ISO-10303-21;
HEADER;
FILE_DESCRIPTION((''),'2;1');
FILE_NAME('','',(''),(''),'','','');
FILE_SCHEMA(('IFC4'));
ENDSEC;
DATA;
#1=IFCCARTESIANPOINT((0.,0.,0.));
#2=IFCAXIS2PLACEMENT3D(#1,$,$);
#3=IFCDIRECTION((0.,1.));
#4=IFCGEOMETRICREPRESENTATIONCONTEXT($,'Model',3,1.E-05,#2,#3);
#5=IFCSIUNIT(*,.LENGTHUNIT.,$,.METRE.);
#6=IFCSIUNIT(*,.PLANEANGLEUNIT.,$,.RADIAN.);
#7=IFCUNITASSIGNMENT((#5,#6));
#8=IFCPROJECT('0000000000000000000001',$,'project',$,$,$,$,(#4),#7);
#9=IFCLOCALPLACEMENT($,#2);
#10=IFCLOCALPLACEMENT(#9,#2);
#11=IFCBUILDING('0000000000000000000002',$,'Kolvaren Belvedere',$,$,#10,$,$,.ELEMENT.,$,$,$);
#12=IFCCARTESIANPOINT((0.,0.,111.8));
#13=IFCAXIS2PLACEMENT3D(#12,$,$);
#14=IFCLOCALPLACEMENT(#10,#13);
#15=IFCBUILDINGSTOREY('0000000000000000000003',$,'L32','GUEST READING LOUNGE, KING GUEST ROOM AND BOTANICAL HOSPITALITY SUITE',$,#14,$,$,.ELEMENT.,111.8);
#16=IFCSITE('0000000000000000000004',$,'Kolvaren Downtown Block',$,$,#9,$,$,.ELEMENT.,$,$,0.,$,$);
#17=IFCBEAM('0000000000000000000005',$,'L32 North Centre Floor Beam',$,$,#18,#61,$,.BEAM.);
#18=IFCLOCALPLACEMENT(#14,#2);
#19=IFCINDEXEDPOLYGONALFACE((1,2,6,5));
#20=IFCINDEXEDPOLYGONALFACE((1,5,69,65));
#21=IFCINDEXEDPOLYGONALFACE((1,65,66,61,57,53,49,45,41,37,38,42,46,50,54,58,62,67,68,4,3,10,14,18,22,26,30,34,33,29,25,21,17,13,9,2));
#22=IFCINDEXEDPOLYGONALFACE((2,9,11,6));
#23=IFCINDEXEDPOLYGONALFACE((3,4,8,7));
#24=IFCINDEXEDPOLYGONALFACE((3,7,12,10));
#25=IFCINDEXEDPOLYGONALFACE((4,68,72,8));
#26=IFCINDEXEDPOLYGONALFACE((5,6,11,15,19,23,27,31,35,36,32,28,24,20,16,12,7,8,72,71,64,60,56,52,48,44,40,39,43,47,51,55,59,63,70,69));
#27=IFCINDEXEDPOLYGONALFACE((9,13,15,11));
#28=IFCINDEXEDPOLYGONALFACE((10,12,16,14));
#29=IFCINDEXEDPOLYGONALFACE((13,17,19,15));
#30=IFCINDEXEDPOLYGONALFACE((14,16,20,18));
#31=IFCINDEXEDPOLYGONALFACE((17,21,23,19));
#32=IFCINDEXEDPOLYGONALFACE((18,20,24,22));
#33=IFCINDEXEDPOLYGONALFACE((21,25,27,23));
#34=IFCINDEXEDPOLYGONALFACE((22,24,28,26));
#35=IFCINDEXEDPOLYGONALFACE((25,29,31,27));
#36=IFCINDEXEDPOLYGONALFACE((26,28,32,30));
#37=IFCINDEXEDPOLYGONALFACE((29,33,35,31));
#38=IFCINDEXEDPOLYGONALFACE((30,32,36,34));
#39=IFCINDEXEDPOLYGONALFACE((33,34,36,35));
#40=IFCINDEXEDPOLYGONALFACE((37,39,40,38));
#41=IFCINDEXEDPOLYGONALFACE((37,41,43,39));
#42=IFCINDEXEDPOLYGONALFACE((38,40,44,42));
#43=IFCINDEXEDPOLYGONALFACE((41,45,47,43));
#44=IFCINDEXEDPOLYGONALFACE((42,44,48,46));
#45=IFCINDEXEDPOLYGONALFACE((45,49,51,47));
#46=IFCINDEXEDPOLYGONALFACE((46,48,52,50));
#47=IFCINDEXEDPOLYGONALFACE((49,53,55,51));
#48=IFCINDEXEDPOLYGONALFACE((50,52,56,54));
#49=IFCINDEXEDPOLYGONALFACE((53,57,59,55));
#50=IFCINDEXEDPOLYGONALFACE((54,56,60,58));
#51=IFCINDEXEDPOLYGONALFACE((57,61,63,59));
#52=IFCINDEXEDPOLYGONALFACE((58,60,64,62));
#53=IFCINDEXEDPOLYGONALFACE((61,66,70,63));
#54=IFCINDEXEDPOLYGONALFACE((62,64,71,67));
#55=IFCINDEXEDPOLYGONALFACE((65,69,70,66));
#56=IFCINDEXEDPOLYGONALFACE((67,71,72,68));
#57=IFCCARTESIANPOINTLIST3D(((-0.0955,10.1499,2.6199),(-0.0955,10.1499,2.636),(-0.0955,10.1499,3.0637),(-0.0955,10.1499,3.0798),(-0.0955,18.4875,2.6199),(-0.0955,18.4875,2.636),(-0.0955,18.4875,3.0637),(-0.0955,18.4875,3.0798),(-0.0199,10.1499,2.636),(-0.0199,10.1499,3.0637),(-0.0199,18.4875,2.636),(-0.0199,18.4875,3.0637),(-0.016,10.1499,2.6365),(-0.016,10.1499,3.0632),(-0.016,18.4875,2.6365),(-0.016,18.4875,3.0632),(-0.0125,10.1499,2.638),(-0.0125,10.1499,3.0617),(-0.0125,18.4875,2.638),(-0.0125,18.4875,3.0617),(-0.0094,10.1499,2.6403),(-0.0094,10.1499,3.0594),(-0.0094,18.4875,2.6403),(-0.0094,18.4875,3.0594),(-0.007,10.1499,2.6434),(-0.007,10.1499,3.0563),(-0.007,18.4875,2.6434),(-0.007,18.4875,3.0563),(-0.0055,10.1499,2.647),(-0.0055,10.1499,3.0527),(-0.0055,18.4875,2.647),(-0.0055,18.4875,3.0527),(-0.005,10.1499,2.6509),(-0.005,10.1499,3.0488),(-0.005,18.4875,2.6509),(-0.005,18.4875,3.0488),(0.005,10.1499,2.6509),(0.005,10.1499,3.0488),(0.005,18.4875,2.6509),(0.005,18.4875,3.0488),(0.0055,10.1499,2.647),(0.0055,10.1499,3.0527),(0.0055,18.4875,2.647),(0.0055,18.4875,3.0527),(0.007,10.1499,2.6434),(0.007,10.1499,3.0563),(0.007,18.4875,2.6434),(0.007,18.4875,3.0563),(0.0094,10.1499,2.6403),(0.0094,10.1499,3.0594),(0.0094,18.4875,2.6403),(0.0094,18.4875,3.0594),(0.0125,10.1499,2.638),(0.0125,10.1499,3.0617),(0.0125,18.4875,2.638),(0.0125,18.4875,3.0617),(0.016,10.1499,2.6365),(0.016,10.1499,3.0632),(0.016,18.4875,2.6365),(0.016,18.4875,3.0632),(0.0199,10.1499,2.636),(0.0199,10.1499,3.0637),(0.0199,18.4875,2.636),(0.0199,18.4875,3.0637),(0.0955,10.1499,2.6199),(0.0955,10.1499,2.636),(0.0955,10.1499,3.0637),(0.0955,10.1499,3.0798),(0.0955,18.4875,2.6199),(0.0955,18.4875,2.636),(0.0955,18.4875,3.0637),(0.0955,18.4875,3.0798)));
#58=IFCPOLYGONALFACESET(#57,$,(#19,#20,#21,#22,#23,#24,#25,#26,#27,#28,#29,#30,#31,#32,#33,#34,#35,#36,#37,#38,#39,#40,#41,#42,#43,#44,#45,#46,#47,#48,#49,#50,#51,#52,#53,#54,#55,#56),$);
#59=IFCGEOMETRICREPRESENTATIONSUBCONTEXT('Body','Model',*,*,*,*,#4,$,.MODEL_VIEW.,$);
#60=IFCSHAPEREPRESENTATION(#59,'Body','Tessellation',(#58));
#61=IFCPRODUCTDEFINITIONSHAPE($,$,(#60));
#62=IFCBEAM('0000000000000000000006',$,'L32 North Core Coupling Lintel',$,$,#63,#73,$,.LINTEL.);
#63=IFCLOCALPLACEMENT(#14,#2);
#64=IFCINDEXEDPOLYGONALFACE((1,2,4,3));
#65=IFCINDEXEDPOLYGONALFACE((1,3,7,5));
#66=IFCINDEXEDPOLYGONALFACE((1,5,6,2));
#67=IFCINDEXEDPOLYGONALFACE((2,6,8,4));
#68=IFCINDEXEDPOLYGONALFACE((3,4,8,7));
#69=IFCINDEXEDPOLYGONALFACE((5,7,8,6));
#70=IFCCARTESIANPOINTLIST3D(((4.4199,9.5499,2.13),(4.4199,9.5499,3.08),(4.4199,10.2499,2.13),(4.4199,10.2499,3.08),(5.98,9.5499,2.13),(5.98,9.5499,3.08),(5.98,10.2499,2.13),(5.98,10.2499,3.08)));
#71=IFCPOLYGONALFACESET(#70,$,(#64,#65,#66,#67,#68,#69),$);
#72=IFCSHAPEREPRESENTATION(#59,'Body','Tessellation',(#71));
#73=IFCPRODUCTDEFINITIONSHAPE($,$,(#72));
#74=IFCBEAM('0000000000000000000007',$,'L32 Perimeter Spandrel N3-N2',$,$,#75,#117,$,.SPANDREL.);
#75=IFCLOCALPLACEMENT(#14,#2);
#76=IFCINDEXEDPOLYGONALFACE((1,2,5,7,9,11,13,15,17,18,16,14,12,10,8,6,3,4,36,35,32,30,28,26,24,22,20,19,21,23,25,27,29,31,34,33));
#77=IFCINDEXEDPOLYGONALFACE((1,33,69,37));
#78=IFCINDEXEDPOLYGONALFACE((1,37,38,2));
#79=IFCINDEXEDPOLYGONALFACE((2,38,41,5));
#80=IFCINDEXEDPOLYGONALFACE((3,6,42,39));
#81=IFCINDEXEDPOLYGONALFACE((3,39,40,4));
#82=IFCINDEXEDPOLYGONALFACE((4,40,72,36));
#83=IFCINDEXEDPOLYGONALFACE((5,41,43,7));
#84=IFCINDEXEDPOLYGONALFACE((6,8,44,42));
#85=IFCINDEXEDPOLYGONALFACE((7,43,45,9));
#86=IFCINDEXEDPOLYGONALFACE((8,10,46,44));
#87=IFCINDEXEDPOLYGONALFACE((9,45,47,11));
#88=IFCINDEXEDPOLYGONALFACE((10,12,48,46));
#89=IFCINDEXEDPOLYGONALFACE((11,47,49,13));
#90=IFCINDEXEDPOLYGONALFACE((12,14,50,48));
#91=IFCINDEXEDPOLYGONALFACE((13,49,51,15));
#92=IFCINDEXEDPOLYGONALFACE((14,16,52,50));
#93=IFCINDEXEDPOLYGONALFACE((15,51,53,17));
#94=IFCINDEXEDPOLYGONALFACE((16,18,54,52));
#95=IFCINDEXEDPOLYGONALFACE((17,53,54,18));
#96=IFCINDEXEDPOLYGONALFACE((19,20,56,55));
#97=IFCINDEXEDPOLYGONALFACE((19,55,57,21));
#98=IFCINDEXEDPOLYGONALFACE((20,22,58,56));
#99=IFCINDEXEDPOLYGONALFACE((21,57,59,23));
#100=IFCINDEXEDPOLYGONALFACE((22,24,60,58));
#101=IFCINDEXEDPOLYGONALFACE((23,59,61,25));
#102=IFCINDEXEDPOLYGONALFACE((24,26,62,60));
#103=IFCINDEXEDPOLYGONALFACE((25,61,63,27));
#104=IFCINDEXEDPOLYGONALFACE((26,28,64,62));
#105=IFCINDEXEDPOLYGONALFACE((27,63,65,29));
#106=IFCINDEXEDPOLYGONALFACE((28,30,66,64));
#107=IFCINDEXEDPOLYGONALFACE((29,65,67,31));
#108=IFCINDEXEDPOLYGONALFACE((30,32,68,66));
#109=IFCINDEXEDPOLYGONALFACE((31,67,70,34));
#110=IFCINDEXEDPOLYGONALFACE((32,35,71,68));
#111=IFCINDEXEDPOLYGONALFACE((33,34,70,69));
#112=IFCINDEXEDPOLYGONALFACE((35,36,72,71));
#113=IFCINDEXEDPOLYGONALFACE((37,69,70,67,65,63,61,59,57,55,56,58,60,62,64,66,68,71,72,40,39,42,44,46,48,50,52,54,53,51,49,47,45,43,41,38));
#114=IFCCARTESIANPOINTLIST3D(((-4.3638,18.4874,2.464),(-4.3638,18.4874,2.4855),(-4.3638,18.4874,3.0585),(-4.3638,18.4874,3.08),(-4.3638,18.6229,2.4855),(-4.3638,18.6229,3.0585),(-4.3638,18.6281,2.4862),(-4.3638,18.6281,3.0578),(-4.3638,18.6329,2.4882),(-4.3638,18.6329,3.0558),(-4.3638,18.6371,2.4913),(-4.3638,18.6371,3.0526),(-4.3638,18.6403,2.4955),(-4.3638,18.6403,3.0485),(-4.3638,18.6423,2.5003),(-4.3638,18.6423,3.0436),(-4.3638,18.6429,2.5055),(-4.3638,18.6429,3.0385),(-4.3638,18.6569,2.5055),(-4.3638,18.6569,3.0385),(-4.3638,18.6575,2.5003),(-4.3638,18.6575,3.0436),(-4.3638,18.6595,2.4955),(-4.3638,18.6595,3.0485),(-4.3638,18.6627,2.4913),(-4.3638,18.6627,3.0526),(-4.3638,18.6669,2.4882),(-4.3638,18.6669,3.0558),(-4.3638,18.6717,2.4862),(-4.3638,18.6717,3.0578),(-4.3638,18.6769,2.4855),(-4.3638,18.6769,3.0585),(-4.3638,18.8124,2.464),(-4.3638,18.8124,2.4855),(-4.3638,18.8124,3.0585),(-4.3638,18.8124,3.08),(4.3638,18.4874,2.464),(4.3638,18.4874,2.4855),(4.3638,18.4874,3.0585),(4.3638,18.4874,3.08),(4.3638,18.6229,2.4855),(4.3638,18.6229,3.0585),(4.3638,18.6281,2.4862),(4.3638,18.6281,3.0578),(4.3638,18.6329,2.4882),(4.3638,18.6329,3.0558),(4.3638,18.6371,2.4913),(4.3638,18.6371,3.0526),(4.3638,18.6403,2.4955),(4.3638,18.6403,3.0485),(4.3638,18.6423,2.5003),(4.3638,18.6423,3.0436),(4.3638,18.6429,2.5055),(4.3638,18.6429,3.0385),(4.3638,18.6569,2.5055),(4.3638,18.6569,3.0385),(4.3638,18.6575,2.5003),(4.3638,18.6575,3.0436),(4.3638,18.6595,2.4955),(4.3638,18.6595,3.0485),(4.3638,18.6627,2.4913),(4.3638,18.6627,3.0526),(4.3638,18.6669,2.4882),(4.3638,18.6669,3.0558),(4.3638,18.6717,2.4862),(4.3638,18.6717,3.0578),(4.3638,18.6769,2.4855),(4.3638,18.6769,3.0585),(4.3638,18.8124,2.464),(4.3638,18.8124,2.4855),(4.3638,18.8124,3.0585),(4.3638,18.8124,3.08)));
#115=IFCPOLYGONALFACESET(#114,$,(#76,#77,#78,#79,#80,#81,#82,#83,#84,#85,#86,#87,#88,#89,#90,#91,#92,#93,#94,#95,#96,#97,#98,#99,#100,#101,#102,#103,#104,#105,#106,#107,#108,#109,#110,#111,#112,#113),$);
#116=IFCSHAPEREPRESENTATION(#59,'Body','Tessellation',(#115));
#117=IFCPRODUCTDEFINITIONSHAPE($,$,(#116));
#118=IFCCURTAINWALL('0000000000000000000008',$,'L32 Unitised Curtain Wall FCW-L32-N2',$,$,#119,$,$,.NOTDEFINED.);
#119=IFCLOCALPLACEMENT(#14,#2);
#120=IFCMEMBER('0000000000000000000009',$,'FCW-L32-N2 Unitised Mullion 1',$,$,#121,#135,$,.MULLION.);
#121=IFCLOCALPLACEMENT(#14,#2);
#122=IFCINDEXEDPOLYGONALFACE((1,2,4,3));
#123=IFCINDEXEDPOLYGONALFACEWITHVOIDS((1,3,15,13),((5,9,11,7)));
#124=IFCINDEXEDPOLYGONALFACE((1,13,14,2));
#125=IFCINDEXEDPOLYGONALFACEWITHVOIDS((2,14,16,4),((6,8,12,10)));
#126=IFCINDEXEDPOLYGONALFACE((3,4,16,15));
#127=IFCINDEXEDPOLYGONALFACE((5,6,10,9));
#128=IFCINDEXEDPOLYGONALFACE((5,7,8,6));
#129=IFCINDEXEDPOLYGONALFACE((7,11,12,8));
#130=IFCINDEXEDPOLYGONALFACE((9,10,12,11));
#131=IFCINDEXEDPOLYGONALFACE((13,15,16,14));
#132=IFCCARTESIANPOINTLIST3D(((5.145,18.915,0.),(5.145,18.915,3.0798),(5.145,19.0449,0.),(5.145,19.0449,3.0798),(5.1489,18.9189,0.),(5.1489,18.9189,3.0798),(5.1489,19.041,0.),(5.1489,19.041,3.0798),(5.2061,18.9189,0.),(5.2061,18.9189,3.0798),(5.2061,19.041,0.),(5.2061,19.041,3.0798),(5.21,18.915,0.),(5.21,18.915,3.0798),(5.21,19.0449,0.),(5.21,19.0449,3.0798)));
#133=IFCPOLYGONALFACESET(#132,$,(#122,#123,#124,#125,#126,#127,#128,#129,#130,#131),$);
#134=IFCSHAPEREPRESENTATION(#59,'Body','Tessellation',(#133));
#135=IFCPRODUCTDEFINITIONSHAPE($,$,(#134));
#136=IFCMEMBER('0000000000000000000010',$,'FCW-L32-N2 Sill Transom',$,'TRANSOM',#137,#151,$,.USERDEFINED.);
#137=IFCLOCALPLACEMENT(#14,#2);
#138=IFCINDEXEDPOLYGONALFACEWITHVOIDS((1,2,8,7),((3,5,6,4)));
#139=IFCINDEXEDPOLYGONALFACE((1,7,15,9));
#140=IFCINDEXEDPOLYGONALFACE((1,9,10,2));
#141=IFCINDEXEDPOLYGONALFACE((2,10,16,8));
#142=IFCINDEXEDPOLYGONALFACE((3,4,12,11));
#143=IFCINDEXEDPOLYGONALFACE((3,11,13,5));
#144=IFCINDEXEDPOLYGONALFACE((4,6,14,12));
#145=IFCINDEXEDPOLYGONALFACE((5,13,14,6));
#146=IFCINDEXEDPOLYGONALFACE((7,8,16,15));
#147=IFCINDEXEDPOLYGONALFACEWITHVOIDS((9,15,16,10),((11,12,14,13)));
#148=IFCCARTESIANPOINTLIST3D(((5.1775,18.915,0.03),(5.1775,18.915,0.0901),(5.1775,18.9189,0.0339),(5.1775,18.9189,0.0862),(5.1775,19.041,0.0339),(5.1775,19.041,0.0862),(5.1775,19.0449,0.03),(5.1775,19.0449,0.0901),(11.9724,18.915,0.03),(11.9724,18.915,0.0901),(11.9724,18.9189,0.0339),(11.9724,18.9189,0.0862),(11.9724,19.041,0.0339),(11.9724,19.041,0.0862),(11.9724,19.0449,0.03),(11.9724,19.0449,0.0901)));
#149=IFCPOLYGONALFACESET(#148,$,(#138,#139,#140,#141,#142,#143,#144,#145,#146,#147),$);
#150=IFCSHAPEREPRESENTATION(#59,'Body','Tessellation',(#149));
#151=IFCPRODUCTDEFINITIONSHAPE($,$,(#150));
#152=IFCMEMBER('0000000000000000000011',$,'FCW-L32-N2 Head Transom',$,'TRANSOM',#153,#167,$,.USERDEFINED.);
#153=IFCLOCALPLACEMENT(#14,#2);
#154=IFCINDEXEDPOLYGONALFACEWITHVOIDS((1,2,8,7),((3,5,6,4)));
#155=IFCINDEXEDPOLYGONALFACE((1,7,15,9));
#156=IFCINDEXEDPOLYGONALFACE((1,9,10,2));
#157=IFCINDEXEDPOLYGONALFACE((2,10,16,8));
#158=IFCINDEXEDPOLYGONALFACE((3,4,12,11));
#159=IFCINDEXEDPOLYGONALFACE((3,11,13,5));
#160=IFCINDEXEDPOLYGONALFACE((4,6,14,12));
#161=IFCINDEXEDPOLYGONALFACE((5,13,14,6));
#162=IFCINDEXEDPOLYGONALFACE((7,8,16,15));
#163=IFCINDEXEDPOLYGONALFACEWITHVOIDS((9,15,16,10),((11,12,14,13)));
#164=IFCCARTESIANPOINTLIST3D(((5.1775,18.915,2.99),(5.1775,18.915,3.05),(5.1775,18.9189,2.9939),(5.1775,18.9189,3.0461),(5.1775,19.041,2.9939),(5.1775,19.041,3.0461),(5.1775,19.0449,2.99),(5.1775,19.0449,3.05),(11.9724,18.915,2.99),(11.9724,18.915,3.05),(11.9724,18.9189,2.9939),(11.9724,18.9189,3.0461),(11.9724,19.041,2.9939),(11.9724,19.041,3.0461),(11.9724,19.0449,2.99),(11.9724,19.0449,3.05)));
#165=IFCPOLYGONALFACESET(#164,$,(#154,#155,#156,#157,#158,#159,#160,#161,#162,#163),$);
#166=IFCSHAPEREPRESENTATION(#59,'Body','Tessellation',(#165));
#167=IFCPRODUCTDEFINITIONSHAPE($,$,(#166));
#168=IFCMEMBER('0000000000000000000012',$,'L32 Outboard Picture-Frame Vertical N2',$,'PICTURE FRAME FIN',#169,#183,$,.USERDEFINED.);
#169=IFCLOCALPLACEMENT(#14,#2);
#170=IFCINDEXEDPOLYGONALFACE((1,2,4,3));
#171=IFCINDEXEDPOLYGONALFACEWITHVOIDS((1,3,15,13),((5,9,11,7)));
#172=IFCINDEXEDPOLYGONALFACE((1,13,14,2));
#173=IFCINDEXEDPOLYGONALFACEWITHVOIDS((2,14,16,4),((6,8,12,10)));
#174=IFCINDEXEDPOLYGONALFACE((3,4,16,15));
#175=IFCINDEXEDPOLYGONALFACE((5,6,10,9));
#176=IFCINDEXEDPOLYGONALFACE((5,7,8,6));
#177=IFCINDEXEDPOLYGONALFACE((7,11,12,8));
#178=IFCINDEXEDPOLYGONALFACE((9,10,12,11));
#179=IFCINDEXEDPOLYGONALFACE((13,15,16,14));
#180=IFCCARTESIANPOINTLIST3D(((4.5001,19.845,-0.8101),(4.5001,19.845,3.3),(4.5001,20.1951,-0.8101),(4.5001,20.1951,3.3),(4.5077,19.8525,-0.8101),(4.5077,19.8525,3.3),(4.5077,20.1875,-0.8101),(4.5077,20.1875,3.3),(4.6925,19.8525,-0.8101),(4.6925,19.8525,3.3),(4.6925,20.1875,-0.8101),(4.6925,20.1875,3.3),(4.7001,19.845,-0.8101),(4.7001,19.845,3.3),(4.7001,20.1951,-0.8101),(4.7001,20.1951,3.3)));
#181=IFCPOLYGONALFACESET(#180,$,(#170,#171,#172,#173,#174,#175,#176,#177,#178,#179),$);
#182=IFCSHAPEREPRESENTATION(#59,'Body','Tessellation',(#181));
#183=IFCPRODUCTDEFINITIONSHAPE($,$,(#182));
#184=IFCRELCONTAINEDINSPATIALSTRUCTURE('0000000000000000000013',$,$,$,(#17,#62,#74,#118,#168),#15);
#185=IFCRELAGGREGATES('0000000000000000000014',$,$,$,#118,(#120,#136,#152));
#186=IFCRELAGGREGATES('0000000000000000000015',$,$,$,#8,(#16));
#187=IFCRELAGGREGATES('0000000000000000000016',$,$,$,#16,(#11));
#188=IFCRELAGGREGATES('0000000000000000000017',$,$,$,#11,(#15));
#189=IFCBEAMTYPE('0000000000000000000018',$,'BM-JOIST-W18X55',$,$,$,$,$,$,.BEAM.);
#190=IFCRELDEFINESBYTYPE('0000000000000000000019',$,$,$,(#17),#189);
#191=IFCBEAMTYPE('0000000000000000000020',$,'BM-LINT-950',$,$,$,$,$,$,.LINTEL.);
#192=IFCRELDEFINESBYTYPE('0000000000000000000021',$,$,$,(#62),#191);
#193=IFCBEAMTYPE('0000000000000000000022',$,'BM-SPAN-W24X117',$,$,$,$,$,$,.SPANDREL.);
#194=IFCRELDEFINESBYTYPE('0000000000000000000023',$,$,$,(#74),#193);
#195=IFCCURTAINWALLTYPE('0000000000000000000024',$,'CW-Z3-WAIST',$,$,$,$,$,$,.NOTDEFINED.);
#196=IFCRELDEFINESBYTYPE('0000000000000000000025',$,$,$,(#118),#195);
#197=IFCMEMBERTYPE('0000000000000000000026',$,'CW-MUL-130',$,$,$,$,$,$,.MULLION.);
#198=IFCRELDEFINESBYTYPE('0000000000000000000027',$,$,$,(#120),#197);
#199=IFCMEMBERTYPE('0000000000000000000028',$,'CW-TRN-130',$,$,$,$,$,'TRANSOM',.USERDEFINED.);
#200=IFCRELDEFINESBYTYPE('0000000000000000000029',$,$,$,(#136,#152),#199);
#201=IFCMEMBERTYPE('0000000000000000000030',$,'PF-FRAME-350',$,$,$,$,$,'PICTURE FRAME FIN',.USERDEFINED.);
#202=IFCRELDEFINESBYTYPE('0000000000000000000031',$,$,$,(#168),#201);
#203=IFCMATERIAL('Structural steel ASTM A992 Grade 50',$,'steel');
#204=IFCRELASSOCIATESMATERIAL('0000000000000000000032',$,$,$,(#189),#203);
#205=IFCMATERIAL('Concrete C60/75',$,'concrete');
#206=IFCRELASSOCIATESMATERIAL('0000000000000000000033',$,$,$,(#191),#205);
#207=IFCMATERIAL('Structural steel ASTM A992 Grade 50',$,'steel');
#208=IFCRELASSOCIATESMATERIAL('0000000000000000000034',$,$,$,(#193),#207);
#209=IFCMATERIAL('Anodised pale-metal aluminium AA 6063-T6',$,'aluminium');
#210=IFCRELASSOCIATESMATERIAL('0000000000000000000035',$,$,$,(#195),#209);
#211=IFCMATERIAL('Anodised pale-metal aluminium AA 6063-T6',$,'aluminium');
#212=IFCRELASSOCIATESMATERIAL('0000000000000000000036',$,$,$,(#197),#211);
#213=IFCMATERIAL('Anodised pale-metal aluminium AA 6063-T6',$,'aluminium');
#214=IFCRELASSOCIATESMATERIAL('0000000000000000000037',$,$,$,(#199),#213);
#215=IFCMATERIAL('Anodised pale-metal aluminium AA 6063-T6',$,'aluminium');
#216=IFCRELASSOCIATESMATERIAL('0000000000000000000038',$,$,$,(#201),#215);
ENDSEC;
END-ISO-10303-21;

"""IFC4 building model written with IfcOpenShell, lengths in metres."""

from ifc_helpers import new_model, si_unit, direction, frame, origin, origin_2d, place, context, subcontext, project, spatial, rectangle, hollow_rectangle, i_section, extrude, material, material_profile, profile_set, type_object, element, aggregate, save


model = new_model("IFC4")

# Units and contexts
model_context = context("Model", 3, precision=1e-05, world=origin(), true_north=direction((0.0, 1.0)))
body_context = subcontext(model_context, "Body", "Model", "MODEL_VIEW")
ifc_project = project(units=[si_unit("LENGTHUNIT", "METRE"), si_unit("PLANEANGLEUNIT", "RADIAN")], contexts=[model_context])

# Site, building, storey
site_placement = place(None, origin())
site = spatial("IfcSite", under=ifc_project, at=site_placement, Name="Kolvaren Downtown Block", CompositionType="ELEMENT", RefElevation=0.0)
building_placement = place(site_placement, origin())
building = spatial("IfcBuilding", under=site, at=building_placement, Name="Kolvaren Belvedere", CompositionType="ELEMENT")
storey_placement = place(building_placement, frame((0.0, 0.0, 111.8)))
storey = spatial("IfcBuildingStorey", under=building, at=storey_placement, Name="L32", Description="GUEST READING LOUNGE, KING GUEST ROOM AND BOTANICAL HOSPITALITY SUITE", CompositionType="ELEMENT", Elevation=111.8)

# Beams
ifc_material_1 = material(Name="Structural steel ASTM A992 Grade 50", Category="steel")
ifc_material_profile_1 = material_profile(ifc_material_1, i_section(OverallWidth=0.1909, OverallDepth=0.46, WebThickness=0.01, FlangeThickness=0.0161, FilletRadius=0.0149, at=origin_2d()), Name="W18X55")
ifc_profile_set_1 = profile_set([ifc_material_profile_1], Name="Structural steel ASTM A992 Grade 50")
beam_type_1 = type_object("IfcBeamType", Name="BM-JOIST-W18X55", PredefinedType="BEAM", material=ifc_profile_set_1)
beam_1_placement = place(storey_placement, frame((0.0, 10.1499, 2.8499), z_axis=(0.0, 1.0, 0.0), x_axis=(-1.0, 0.0, 0.0)))
element("IfcBeam", 1, at=beam_1_placement, inside=storey, type_object=beam_type_1, Name="L32 North Centre Floor Beam", PredefinedType="BEAM", context=body_context, shape_type="SweptSolid", body=[
    extrude(i_section(OverallWidth=0.1909, OverallDepth=0.46, WebThickness=0.01, FlangeThickness=0.0161, FilletRadius=0.0149, at=origin_2d()), origin(), (0.0, 0.0, 1.0), 8.3376),
])
ifc_material_2 = material(Name="Concrete C60/75", Category="concrete")
ifc_material_profile_2 = material_profile(ifc_material_2, rectangle(XDim=0.7, YDim=0.95, at=origin_2d()), Name="RC 700X950")
ifc_profile_set_2 = profile_set([ifc_material_profile_2], Name="Concrete C60/75")
beam_type_2 = type_object("IfcBeamType", Name="BM-LINT-950", PredefinedType="LINTEL", material=ifc_profile_set_2)
beam_2_placement = place(storey_placement, frame((4.4199, 9.8999, 2.605), z_axis=(1.0, 0.0, 0.0), x_axis=(0.0, 1.0, 0.0)))
element("IfcBeam", 2, at=beam_2_placement, inside=storey, type_object=beam_type_2, Name="L32 North Core Coupling Lintel", PredefinedType="LINTEL", context=body_context, shape_type="SweptSolid", body=[
    extrude(rectangle(XDim=0.7, YDim=0.95, at=origin_2d()), origin(), (0.0, 0.0, 1.0), 1.5601),
])
ifc_material_3 = material(Name="Structural steel ASTM A992 Grade 50", Category="steel")
ifc_material_profile_3 = material_profile(ifc_material_3, i_section(OverallWidth=0.325, OverallDepth=0.616, WebThickness=0.0139, FlangeThickness=0.0215, FilletRadius=0.02, at=origin_2d()), Name="W24X117")
ifc_profile_set_3 = profile_set([ifc_material_profile_3], Name="Structural steel ASTM A992 Grade 50")
beam_type_3 = type_object("IfcBeamType", Name="BM-SPAN-W24X117", PredefinedType="SPANDREL", material=ifc_profile_set_3)
beam_3_placement = place(storey_placement, frame((4.3638, 18.6499, 2.772), z_axis=(-1.0, 0.0, 0.0), x_axis=(0.0, -1.0, 0.0)))
element("IfcBeam", 3, at=beam_3_placement, inside=storey, type_object=beam_type_3, Name="L32 Perimeter Spandrel N3-N2", PredefinedType="SPANDREL", context=body_context, shape_type="SweptSolid", body=[
    extrude(i_section(OverallWidth=0.325, OverallDepth=0.616, WebThickness=0.0139, FlangeThickness=0.0215, FilletRadius=0.02, at=origin_2d()), origin(), (0.0, 0.0, 1.0), 8.7275),
])

# Curtain wall, members
ifc_material_4 = material(Name="Anodised pale-metal aluminium AA 6063-T6", Category="aluminium")
curtain_wall_type = type_object("IfcCurtainWallType", Name="CW-Z3-WAIST", PredefinedType="NOTDEFINED", material=ifc_material_4)
curtain_wall_placement = place(storey_placement, origin())
curtain_wall = element("IfcCurtainWall", 4, at=curtain_wall_placement, inside=storey, type_object=curtain_wall_type, Name="L32 Unitised Curtain Wall FCW-L32-N2", PredefinedType="NOTDEFINED")
ifc_material_5 = material(Name="Anodised pale-metal aluminium AA 6063-T6", Category="aluminium")
ifc_material_profile_4 = material_profile(ifc_material_5, hollow_rectangle(XDim=0.0649, YDim=0.1299, WallThickness=0.0039, at=origin_2d()), Name="ALU-MUL-130X65")
ifc_profile_set_4 = profile_set([ifc_material_profile_4], Name="Anodised pale-metal aluminium AA 6063-T6")
member_type_1 = type_object("IfcMemberType", Name="CW-MUL-130", PredefinedType="MULLION", material=ifc_profile_set_4)
member_1_placement = place(storey_placement, frame((5.1775, 18.98, 0.0), z_axis=(0.0, 0.0, 1.0), x_axis=(1.0, 0.0, 0.0)))
member_1 = element("IfcMember", 5, at=member_1_placement, type_object=member_type_1, Name="FCW-L32-N2 Unitised Mullion 1", PredefinedType="MULLION", context=body_context, shape_type="SweptSolid", body=[
    extrude(hollow_rectangle(XDim=0.0649, YDim=0.1299, WallThickness=0.0039, at=origin_2d()), origin(), (0.0, 0.0, 1.0), 3.0798),
])
ifc_material_6 = material(Name="Anodised pale-metal aluminium AA 6063-T6", Category="aluminium")
ifc_material_profile_5 = material_profile(ifc_material_6, hollow_rectangle(XDim=0.0601, YDim=0.1299, WallThickness=0.0039, at=origin_2d()), Name="ALU-TRN-130X60")
ifc_profile_set_5 = profile_set([ifc_material_profile_5], Name="Anodised pale-metal aluminium AA 6063-T6")
member_type_2 = type_object("IfcMemberType", Name="CW-TRN-130", ElementType="TRANSOM", PredefinedType="USERDEFINED", material=ifc_profile_set_5)
member_2_placement = place(storey_placement, frame((5.1775, 18.98, 0.0601), z_axis=(1.0, 0.0, 0.0), x_axis=(0.0, 0.0, 1.0)))
member_2 = element("IfcMember", 6, at=member_2_placement, type_object=member_type_2, Name="FCW-L32-N2 Sill Transom", ObjectType="TRANSOM", PredefinedType="USERDEFINED", context=body_context, shape_type="SweptSolid", body=[
    extrude(hollow_rectangle(XDim=0.0601, YDim=0.1299, WallThickness=0.0039, at=origin_2d()), origin(), (0.0, 0.0, 1.0), 6.7949),
])
member_3_placement = place(storey_placement, frame((5.1775, 18.98, 3.02), z_axis=(1.0, 0.0, 0.0), x_axis=(0.0, 0.0, 1.0)))
member_3 = element("IfcMember", 7, at=member_3_placement, type_object=member_type_2, Name="FCW-L32-N2 Head Transom", ObjectType="TRANSOM", PredefinedType="USERDEFINED", context=body_context, shape_type="SweptSolid", body=[
    extrude(hollow_rectangle(XDim=0.0601, YDim=0.1299, WallThickness=0.0039, at=origin_2d()), origin(), (0.0, 0.0, 1.0), 6.7949),
])

# Member
ifc_material_7 = material(Name="Anodised pale-metal aluminium AA 6063-T6", Category="aluminium")
ifc_material_profile_6 = material_profile(ifc_material_7, hollow_rectangle(XDim=0.2, YDim=0.3501, WallThickness=0.0076, at=origin_2d()), Name="ALU-PF-350X200")
ifc_profile_set_6 = profile_set([ifc_material_profile_6], Name="Anodised pale-metal aluminium AA 6063-T6")
member_type_3 = type_object("IfcMemberType", Name="PF-FRAME-350", ElementType="PICTURE FRAME FIN", PredefinedType="USERDEFINED", material=ifc_profile_set_6)
member_4_placement = place(storey_placement, frame((4.6001, 20.02, -0.8101), z_axis=(0.0, 0.0, 1.0), x_axis=(1.0, 0.0, 0.0)))
element("IfcMember", 8, at=member_4_placement, inside=storey, type_object=member_type_3, Name="L32 Outboard Picture-Frame Vertical N2", ObjectType="PICTURE FRAME FIN", PredefinedType="USERDEFINED", context=body_context, shape_type="SweptSolid", body=[
    extrude(hollow_rectangle(XDim=0.2, YDim=0.3501, WallThickness=0.0076, at=origin_2d()), origin(), (0.0, 0.0, 1.0), 4.1101),
])

aggregate(curtain_wall, [member_1, member_2, member_3])

save(model, "model.ifc")
